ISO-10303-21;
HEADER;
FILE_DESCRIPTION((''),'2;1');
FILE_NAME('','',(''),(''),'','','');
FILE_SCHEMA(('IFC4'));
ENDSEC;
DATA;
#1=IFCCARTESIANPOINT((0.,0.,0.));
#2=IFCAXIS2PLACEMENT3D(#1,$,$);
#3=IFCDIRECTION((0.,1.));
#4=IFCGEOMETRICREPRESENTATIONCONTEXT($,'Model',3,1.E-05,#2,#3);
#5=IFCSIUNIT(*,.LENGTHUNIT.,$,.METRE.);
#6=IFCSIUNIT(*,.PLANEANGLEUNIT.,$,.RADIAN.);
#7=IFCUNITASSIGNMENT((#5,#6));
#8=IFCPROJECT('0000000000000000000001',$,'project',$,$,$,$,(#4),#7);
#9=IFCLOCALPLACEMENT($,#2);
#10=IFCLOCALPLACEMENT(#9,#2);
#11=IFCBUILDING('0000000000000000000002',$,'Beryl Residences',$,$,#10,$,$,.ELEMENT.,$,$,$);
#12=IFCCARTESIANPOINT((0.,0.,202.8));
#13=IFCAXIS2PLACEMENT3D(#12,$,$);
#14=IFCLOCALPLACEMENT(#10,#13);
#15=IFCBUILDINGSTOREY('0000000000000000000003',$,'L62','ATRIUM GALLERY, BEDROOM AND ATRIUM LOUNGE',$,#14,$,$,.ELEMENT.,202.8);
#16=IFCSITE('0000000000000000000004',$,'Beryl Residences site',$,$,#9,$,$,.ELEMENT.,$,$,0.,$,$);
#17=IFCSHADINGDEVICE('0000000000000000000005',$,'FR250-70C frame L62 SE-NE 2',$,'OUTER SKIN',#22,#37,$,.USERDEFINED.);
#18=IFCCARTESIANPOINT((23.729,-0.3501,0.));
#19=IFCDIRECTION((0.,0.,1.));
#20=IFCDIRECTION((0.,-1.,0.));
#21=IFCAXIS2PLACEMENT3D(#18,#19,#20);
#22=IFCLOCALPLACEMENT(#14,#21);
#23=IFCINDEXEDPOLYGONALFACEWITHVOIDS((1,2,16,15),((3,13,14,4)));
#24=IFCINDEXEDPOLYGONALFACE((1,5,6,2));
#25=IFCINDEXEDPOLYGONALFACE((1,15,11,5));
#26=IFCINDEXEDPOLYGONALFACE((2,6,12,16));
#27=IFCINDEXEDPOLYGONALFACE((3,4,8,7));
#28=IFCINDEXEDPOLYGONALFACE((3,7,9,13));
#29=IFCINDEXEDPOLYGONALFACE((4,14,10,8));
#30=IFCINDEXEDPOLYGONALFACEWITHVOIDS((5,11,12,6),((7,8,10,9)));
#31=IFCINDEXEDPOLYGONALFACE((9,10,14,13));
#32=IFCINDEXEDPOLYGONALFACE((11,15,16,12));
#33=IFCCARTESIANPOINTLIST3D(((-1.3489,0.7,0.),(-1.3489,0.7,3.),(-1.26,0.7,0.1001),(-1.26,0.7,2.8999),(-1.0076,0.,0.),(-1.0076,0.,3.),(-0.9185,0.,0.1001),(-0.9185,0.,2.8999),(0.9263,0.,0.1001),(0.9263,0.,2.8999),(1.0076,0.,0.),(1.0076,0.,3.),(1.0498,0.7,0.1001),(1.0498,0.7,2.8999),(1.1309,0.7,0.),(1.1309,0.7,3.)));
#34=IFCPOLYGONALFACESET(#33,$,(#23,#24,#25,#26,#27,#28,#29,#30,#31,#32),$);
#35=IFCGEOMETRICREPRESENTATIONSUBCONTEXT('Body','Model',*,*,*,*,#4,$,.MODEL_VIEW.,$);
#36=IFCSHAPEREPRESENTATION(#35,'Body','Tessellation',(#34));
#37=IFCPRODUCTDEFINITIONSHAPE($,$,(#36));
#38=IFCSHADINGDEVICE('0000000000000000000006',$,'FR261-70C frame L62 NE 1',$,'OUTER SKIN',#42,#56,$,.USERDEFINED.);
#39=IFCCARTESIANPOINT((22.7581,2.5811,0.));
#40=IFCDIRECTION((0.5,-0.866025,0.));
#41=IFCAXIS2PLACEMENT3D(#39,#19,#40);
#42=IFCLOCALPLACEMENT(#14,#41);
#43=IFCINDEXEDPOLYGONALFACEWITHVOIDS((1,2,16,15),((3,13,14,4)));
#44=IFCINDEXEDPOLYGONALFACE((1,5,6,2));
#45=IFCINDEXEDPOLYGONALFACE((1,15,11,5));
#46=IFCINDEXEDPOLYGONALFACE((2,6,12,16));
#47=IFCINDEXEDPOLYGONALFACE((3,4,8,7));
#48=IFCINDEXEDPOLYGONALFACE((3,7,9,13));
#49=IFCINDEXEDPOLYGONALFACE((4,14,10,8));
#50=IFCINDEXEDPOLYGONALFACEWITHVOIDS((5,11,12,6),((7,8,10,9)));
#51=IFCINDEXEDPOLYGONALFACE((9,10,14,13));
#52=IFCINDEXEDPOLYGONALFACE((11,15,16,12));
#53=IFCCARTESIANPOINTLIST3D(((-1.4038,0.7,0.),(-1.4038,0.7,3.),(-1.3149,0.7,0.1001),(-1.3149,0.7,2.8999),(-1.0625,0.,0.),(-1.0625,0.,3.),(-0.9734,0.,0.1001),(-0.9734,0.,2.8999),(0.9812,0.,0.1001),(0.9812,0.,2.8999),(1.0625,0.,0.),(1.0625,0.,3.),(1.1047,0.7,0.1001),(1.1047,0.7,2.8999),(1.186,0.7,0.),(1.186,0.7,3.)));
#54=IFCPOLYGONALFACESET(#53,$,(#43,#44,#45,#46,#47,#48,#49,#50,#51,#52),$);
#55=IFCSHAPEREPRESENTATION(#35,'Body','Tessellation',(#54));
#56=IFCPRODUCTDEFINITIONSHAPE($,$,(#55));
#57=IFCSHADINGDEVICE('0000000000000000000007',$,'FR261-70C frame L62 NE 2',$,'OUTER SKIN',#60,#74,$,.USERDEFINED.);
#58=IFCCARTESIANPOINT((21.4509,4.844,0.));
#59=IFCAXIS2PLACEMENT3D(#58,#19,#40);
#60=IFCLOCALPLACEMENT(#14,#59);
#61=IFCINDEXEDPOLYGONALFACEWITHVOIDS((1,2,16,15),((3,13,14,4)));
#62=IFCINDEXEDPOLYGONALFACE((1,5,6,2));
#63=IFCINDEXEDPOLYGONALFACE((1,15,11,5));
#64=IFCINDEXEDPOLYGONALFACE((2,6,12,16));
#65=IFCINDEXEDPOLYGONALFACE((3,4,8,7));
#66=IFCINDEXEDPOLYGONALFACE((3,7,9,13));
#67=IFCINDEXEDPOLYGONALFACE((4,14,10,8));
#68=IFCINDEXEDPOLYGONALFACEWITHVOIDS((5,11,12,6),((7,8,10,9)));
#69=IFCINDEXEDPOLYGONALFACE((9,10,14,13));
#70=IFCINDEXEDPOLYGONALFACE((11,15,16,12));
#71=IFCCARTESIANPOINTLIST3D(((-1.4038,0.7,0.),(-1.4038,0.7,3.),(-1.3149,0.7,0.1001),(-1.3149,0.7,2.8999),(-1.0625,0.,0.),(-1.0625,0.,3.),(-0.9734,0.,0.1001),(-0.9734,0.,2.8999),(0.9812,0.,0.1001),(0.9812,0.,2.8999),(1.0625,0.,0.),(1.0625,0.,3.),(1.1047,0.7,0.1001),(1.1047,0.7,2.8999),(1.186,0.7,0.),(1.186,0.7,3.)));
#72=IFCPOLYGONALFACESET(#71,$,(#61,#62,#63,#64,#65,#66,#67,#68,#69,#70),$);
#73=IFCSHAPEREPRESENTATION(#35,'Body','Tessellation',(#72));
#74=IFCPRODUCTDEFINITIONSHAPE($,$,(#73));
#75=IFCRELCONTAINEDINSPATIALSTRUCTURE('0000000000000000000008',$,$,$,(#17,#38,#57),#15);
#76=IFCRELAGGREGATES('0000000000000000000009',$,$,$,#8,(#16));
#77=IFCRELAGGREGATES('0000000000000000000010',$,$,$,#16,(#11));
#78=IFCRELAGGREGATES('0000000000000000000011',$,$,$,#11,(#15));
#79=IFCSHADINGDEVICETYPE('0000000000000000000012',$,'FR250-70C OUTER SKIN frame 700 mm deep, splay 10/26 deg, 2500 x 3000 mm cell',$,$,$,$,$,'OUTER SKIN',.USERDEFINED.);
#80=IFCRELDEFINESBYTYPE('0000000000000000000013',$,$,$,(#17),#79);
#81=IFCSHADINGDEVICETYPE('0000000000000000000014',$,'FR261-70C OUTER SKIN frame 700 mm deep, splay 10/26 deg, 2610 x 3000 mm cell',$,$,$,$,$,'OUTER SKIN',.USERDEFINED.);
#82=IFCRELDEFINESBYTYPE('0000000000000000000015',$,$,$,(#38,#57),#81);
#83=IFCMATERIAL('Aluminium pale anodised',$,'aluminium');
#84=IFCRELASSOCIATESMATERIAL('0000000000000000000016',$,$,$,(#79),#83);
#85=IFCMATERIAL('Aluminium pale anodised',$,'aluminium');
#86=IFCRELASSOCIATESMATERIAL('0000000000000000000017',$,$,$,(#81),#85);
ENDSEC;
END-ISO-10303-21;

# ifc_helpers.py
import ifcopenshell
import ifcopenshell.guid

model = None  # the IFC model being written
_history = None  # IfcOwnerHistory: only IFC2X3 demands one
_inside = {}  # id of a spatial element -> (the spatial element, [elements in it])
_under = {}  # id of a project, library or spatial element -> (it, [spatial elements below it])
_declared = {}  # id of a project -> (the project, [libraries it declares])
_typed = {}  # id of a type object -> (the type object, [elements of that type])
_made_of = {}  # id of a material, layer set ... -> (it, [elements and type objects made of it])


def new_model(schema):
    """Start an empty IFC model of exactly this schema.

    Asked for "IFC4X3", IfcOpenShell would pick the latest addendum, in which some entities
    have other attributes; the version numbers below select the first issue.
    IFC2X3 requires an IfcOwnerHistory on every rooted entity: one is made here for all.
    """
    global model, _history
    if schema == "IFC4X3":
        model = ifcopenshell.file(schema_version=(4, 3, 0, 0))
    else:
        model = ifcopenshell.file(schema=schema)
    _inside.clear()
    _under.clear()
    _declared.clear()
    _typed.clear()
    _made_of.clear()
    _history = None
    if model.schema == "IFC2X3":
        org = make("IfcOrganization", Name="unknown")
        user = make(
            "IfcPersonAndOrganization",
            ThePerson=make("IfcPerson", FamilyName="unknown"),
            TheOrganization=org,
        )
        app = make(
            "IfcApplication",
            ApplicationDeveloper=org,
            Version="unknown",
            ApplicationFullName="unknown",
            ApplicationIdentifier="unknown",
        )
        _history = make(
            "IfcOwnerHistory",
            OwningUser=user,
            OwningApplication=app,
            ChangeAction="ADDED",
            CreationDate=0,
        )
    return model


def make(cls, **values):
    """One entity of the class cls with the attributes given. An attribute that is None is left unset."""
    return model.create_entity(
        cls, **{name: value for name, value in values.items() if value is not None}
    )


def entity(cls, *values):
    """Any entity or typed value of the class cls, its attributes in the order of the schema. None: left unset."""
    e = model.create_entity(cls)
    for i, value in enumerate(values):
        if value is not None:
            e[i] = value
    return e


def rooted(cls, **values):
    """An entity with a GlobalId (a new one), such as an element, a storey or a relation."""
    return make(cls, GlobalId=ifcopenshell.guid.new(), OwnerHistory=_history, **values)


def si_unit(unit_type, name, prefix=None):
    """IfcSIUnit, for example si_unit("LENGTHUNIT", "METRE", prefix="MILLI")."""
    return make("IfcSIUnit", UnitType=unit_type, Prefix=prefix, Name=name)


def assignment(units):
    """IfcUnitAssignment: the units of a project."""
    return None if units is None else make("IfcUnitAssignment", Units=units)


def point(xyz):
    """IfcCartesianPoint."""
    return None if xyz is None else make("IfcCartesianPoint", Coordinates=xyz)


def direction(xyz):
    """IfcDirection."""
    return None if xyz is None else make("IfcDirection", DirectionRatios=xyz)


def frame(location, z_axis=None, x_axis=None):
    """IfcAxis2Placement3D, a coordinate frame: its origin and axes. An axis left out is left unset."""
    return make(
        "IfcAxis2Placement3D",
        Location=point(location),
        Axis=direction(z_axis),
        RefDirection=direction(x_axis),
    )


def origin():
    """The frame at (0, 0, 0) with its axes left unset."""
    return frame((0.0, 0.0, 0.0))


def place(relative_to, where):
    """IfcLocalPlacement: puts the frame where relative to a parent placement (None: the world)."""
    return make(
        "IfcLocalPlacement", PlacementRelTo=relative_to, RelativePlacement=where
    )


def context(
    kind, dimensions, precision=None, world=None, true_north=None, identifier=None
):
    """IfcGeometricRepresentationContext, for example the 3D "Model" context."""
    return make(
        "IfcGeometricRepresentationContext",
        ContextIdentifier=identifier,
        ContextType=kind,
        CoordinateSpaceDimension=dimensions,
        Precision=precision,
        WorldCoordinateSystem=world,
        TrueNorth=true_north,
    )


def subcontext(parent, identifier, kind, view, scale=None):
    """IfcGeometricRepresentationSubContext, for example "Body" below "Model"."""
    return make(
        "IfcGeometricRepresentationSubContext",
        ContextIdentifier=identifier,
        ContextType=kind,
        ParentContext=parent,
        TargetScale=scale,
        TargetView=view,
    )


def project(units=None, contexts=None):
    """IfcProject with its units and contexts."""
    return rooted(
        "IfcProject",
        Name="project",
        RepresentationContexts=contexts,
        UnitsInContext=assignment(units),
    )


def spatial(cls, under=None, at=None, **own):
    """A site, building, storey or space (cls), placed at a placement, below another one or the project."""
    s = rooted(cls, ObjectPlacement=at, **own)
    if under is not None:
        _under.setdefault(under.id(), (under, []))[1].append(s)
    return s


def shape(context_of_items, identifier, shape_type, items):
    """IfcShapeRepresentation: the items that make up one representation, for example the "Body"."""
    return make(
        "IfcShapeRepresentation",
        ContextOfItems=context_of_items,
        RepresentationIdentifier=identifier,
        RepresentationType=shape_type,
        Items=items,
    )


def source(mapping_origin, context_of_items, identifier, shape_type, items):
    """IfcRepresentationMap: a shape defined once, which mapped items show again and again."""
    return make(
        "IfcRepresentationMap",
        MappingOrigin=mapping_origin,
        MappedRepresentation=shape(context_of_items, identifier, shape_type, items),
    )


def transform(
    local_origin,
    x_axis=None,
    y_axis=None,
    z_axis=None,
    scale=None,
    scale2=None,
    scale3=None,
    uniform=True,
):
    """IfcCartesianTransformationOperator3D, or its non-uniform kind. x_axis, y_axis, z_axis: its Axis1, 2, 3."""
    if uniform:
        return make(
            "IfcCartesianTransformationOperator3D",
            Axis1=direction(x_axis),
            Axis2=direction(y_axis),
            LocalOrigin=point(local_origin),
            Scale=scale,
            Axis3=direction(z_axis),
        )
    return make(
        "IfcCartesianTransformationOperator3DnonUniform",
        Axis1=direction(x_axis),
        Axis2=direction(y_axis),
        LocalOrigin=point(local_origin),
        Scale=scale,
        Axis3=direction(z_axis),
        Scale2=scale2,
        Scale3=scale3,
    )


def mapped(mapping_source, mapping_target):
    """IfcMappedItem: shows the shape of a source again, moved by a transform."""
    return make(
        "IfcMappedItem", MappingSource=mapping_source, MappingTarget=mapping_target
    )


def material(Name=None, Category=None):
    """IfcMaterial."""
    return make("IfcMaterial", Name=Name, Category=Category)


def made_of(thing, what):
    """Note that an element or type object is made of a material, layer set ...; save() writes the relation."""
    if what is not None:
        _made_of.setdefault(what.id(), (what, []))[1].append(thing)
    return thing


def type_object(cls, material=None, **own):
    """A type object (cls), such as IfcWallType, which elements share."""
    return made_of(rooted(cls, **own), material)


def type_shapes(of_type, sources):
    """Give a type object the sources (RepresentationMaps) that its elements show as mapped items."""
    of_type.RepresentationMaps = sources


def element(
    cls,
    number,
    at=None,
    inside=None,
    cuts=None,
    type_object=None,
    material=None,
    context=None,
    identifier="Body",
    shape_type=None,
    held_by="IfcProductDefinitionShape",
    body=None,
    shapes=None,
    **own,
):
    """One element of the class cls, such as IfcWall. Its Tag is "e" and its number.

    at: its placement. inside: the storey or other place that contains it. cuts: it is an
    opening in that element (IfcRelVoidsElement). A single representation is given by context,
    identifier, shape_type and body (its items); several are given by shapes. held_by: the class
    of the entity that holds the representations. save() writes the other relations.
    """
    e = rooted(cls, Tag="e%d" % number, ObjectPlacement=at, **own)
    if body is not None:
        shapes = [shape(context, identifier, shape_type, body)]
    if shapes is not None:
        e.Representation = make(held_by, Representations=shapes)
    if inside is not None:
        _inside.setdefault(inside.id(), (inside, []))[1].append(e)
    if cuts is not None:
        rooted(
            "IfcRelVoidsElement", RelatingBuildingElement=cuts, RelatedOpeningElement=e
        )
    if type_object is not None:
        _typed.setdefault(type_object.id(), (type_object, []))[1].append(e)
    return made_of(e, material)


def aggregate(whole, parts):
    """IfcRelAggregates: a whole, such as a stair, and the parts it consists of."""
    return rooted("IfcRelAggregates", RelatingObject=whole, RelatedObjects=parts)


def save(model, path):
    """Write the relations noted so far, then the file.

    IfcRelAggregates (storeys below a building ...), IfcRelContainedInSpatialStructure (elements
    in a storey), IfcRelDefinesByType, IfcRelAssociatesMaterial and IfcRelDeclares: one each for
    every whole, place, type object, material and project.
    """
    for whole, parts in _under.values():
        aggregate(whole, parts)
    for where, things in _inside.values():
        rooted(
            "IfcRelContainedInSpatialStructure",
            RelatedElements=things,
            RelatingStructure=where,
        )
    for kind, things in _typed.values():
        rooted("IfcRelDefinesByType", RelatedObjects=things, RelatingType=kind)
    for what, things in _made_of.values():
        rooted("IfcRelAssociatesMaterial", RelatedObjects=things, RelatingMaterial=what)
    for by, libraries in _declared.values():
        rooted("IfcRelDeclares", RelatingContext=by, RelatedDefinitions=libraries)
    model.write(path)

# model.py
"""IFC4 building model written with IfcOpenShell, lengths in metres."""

from ifc_helpers import new_model, entity, si_unit, direction, frame, origin, place, context, subcontext, project, spatial, source, transform, mapped, material, type_object, type_shapes, element, save


model = new_model("IFC4")

# Units and contexts
model_context = context("Model", 3, precision=1e-05, world=origin(), true_north=direction((0.0, 1.0)))
body_context = subcontext(model_context, "Body", "Model", "MODEL_VIEW")
ifc_project = project(units=[si_unit("LENGTHUNIT", "METRE"), si_unit("PLANEANGLEUNIT", "RADIAN")], contexts=[model_context])

# Site, building, storey
site_placement = place(None, origin())
site = spatial("IfcSite", under=ifc_project, at=site_placement, Name="Beryl Residences site", CompositionType="ELEMENT", RefElevation=0.0)
building_placement = place(site_placement, origin())
building = spatial("IfcBuilding", under=site, at=building_placement, Name="Beryl Residences", CompositionType="ELEMENT")
storey_placement = place(building_placement, frame((0.0, 0.0, 202.8)))
storey = spatial("IfcBuildingStorey", under=building, at=storey_placement, Name="L62", Description="ATRIUM GALLERY, BEDROOM AND ATRIUM LOUNGE", CompositionType="ELEMENT", Elevation=202.8)

# Shading devices
ifc_material_1 = material(Name="Aluminium pale anodised", Category="aluminium")
shading_device_type_1 = type_object("IfcShadingDeviceType", Name="FR250-70C OUTER SKIN frame 700 mm deep, splay 10/26 deg, 2500 x 3000 mm cell", ElementType="OUTER SKIN", PredefinedType="USERDEFINED", material=ifc_material_1)
cartesian_point_1 = entity("IfcCartesianPoint", [-1.0076, 0.0])
cartesian_point_2 = entity("IfcCartesianPoint", [-0.9263, 0.1001])
cartesian_point_3 = entity("IfcCartesianPoint", [-1.1309, 0.0])
cartesian_point_4 = entity("IfcCartesianPoint", [-1.0498, 0.1001])
shared_shape_1 = source(origin(), body_context, "Body", "SweptSolid", [
    entity("IfcExtrudedAreaSolidTapered", entity("IfcArbitraryProfileDefWithVoids", "AREA", None, entity("IfcPolyline", [cartesian_point_1, entity("IfcCartesianPoint", [1.0076, 0.0]), entity("IfcCartesianPoint", [1.0076, 3.0]), entity("IfcCartesianPoint", [-1.0076, 3.0]), cartesian_point_1]), [entity("IfcPolyline", [cartesian_point_2, entity("IfcCartesianPoint", [0.9185, 0.1001]), entity("IfcCartesianPoint", [0.9185, 2.8999]), entity("IfcCartesianPoint", [-0.9263, 2.8999]), cartesian_point_2])]), entity("IfcAxis2Placement3D", entity("IfcCartesianPoint", [0.0, 0.0, 0.0]), entity("IfcDirection", [0.0, 1.0, 0.0]), entity("IfcDirection", [-1.0, 0.0, 0.0])), entity("IfcDirection", [0.0, 0.0, 1.0]), 0.7, entity("IfcArbitraryProfileDefWithVoids", "AREA", None, entity("IfcPolyline", [cartesian_point_3, entity("IfcCartesianPoint", [1.3489, 0.0]), entity("IfcCartesianPoint", [1.3489, 3.0]), entity("IfcCartesianPoint", [-1.1309, 3.0]), cartesian_point_3]), [entity("IfcPolyline", [cartesian_point_4, entity("IfcCartesianPoint", [1.26, 0.1001]), entity("IfcCartesianPoint", [1.26, 2.8999]), entity("IfcCartesianPoint", [-1.0498, 2.8999]), cartesian_point_4])])),
])
type_shapes(shading_device_type_1, [shared_shape_1])
shading_device_placement = place(storey_placement, frame((23.729, -0.3501, 0.0), z_axis=(0.0, 0.0, 1.0), x_axis=(0.0, -1.0, 0.0)))
element("IfcShadingDevice", 1, at=shading_device_placement, inside=storey, type_object=shading_device_type_1, Name="FR250-70C frame L62 SE-NE 2", ObjectType="OUTER SKIN", PredefinedType="USERDEFINED", context=body_context, shape_type="MappedRepresentation", body=[
    mapped(shared_shape_1, transform((0.0, 0.0, 0.0))),
])
ifc_material_2 = material(Name="Aluminium pale anodised", Category="aluminium")
shading_device_type_2 = type_object("IfcShadingDeviceType", Name="FR261-70C OUTER SKIN frame 700 mm deep, splay 10/26 deg, 2610 x 3000 mm cell", ElementType="OUTER SKIN", PredefinedType="USERDEFINED", material=ifc_material_2)
cartesian_point_5 = entity("IfcCartesianPoint", [-1.0625, 0.0])
cartesian_point_6 = entity("IfcCartesianPoint", [-0.9812, 0.1001])
cartesian_point_7 = entity("IfcCartesianPoint", [-1.186, 0.0])
cartesian_point_8 = entity("IfcCartesianPoint", [-1.1047, 0.1001])
shared_shape_2 = source(origin(), body_context, "Body", "SweptSolid", [
    entity("IfcExtrudedAreaSolidTapered", entity("IfcArbitraryProfileDefWithVoids", "AREA", None, entity("IfcPolyline", [cartesian_point_5, entity("IfcCartesianPoint", [1.0625, 0.0]), entity("IfcCartesianPoint", [1.0625, 3.0]), entity("IfcCartesianPoint", [-1.0625, 3.0]), cartesian_point_5]), [entity("IfcPolyline", [cartesian_point_6, entity("IfcCartesianPoint", [0.9734, 0.1001]), entity("IfcCartesianPoint", [0.9734, 2.8999]), entity("IfcCartesianPoint", [-0.9812, 2.8999]), cartesian_point_6])]), entity("IfcAxis2Placement3D", entity("IfcCartesianPoint", [0.0, 0.0, 0.0]), entity("IfcDirection", [0.0, 1.0, 0.0]), entity("IfcDirection", [-1.0, 0.0, 0.0])), entity("IfcDirection", [0.0, 0.0, 1.0]), 0.7, entity("IfcArbitraryProfileDefWithVoids", "AREA", None, entity("IfcPolyline", [cartesian_point_7, entity("IfcCartesianPoint", [1.4038, 0.0]), entity("IfcCartesianPoint", [1.4038, 3.0]), entity("IfcCartesianPoint", [-1.186, 3.0]), cartesian_point_7]), [entity("IfcPolyline", [cartesian_point_8, entity("IfcCartesianPoint", [1.3149, 0.1001]), entity("IfcCartesianPoint", [1.3149, 2.8999]), entity("IfcCartesianPoint", [-1.1047, 2.8999]), cartesian_point_8])])),
])
type_shapes(shading_device_type_2, [shared_shape_2])
for number, where, z_axis, x_axis, name in (
    (2, (22.7581, 2.5811, 0.0), (0.0, 0.0, 1.0), (0.5, -0.866025, 0.0), "FR261-70C frame L62 NE 1"),
    (3, (21.4509, 4.844, 0.0), (0.0, 0.0, 1.0), (0.5, -0.866025, 0.0), "FR261-70C frame L62 NE 2"),
):
    element("IfcShadingDevice", number, at=place(storey_placement, frame(where, z_axis=z_axis, x_axis=x_axis)), inside=storey, type_object=shading_device_type_2, Name=name, ObjectType="OUTER SKIN", PredefinedType="USERDEFINED", context=body_context, shape_type="MappedRepresentation", body=[
        mapped(shared_shape_2, transform((0.0, 0.0, 0.0))),
    ])

save(model, "model.ifc")
